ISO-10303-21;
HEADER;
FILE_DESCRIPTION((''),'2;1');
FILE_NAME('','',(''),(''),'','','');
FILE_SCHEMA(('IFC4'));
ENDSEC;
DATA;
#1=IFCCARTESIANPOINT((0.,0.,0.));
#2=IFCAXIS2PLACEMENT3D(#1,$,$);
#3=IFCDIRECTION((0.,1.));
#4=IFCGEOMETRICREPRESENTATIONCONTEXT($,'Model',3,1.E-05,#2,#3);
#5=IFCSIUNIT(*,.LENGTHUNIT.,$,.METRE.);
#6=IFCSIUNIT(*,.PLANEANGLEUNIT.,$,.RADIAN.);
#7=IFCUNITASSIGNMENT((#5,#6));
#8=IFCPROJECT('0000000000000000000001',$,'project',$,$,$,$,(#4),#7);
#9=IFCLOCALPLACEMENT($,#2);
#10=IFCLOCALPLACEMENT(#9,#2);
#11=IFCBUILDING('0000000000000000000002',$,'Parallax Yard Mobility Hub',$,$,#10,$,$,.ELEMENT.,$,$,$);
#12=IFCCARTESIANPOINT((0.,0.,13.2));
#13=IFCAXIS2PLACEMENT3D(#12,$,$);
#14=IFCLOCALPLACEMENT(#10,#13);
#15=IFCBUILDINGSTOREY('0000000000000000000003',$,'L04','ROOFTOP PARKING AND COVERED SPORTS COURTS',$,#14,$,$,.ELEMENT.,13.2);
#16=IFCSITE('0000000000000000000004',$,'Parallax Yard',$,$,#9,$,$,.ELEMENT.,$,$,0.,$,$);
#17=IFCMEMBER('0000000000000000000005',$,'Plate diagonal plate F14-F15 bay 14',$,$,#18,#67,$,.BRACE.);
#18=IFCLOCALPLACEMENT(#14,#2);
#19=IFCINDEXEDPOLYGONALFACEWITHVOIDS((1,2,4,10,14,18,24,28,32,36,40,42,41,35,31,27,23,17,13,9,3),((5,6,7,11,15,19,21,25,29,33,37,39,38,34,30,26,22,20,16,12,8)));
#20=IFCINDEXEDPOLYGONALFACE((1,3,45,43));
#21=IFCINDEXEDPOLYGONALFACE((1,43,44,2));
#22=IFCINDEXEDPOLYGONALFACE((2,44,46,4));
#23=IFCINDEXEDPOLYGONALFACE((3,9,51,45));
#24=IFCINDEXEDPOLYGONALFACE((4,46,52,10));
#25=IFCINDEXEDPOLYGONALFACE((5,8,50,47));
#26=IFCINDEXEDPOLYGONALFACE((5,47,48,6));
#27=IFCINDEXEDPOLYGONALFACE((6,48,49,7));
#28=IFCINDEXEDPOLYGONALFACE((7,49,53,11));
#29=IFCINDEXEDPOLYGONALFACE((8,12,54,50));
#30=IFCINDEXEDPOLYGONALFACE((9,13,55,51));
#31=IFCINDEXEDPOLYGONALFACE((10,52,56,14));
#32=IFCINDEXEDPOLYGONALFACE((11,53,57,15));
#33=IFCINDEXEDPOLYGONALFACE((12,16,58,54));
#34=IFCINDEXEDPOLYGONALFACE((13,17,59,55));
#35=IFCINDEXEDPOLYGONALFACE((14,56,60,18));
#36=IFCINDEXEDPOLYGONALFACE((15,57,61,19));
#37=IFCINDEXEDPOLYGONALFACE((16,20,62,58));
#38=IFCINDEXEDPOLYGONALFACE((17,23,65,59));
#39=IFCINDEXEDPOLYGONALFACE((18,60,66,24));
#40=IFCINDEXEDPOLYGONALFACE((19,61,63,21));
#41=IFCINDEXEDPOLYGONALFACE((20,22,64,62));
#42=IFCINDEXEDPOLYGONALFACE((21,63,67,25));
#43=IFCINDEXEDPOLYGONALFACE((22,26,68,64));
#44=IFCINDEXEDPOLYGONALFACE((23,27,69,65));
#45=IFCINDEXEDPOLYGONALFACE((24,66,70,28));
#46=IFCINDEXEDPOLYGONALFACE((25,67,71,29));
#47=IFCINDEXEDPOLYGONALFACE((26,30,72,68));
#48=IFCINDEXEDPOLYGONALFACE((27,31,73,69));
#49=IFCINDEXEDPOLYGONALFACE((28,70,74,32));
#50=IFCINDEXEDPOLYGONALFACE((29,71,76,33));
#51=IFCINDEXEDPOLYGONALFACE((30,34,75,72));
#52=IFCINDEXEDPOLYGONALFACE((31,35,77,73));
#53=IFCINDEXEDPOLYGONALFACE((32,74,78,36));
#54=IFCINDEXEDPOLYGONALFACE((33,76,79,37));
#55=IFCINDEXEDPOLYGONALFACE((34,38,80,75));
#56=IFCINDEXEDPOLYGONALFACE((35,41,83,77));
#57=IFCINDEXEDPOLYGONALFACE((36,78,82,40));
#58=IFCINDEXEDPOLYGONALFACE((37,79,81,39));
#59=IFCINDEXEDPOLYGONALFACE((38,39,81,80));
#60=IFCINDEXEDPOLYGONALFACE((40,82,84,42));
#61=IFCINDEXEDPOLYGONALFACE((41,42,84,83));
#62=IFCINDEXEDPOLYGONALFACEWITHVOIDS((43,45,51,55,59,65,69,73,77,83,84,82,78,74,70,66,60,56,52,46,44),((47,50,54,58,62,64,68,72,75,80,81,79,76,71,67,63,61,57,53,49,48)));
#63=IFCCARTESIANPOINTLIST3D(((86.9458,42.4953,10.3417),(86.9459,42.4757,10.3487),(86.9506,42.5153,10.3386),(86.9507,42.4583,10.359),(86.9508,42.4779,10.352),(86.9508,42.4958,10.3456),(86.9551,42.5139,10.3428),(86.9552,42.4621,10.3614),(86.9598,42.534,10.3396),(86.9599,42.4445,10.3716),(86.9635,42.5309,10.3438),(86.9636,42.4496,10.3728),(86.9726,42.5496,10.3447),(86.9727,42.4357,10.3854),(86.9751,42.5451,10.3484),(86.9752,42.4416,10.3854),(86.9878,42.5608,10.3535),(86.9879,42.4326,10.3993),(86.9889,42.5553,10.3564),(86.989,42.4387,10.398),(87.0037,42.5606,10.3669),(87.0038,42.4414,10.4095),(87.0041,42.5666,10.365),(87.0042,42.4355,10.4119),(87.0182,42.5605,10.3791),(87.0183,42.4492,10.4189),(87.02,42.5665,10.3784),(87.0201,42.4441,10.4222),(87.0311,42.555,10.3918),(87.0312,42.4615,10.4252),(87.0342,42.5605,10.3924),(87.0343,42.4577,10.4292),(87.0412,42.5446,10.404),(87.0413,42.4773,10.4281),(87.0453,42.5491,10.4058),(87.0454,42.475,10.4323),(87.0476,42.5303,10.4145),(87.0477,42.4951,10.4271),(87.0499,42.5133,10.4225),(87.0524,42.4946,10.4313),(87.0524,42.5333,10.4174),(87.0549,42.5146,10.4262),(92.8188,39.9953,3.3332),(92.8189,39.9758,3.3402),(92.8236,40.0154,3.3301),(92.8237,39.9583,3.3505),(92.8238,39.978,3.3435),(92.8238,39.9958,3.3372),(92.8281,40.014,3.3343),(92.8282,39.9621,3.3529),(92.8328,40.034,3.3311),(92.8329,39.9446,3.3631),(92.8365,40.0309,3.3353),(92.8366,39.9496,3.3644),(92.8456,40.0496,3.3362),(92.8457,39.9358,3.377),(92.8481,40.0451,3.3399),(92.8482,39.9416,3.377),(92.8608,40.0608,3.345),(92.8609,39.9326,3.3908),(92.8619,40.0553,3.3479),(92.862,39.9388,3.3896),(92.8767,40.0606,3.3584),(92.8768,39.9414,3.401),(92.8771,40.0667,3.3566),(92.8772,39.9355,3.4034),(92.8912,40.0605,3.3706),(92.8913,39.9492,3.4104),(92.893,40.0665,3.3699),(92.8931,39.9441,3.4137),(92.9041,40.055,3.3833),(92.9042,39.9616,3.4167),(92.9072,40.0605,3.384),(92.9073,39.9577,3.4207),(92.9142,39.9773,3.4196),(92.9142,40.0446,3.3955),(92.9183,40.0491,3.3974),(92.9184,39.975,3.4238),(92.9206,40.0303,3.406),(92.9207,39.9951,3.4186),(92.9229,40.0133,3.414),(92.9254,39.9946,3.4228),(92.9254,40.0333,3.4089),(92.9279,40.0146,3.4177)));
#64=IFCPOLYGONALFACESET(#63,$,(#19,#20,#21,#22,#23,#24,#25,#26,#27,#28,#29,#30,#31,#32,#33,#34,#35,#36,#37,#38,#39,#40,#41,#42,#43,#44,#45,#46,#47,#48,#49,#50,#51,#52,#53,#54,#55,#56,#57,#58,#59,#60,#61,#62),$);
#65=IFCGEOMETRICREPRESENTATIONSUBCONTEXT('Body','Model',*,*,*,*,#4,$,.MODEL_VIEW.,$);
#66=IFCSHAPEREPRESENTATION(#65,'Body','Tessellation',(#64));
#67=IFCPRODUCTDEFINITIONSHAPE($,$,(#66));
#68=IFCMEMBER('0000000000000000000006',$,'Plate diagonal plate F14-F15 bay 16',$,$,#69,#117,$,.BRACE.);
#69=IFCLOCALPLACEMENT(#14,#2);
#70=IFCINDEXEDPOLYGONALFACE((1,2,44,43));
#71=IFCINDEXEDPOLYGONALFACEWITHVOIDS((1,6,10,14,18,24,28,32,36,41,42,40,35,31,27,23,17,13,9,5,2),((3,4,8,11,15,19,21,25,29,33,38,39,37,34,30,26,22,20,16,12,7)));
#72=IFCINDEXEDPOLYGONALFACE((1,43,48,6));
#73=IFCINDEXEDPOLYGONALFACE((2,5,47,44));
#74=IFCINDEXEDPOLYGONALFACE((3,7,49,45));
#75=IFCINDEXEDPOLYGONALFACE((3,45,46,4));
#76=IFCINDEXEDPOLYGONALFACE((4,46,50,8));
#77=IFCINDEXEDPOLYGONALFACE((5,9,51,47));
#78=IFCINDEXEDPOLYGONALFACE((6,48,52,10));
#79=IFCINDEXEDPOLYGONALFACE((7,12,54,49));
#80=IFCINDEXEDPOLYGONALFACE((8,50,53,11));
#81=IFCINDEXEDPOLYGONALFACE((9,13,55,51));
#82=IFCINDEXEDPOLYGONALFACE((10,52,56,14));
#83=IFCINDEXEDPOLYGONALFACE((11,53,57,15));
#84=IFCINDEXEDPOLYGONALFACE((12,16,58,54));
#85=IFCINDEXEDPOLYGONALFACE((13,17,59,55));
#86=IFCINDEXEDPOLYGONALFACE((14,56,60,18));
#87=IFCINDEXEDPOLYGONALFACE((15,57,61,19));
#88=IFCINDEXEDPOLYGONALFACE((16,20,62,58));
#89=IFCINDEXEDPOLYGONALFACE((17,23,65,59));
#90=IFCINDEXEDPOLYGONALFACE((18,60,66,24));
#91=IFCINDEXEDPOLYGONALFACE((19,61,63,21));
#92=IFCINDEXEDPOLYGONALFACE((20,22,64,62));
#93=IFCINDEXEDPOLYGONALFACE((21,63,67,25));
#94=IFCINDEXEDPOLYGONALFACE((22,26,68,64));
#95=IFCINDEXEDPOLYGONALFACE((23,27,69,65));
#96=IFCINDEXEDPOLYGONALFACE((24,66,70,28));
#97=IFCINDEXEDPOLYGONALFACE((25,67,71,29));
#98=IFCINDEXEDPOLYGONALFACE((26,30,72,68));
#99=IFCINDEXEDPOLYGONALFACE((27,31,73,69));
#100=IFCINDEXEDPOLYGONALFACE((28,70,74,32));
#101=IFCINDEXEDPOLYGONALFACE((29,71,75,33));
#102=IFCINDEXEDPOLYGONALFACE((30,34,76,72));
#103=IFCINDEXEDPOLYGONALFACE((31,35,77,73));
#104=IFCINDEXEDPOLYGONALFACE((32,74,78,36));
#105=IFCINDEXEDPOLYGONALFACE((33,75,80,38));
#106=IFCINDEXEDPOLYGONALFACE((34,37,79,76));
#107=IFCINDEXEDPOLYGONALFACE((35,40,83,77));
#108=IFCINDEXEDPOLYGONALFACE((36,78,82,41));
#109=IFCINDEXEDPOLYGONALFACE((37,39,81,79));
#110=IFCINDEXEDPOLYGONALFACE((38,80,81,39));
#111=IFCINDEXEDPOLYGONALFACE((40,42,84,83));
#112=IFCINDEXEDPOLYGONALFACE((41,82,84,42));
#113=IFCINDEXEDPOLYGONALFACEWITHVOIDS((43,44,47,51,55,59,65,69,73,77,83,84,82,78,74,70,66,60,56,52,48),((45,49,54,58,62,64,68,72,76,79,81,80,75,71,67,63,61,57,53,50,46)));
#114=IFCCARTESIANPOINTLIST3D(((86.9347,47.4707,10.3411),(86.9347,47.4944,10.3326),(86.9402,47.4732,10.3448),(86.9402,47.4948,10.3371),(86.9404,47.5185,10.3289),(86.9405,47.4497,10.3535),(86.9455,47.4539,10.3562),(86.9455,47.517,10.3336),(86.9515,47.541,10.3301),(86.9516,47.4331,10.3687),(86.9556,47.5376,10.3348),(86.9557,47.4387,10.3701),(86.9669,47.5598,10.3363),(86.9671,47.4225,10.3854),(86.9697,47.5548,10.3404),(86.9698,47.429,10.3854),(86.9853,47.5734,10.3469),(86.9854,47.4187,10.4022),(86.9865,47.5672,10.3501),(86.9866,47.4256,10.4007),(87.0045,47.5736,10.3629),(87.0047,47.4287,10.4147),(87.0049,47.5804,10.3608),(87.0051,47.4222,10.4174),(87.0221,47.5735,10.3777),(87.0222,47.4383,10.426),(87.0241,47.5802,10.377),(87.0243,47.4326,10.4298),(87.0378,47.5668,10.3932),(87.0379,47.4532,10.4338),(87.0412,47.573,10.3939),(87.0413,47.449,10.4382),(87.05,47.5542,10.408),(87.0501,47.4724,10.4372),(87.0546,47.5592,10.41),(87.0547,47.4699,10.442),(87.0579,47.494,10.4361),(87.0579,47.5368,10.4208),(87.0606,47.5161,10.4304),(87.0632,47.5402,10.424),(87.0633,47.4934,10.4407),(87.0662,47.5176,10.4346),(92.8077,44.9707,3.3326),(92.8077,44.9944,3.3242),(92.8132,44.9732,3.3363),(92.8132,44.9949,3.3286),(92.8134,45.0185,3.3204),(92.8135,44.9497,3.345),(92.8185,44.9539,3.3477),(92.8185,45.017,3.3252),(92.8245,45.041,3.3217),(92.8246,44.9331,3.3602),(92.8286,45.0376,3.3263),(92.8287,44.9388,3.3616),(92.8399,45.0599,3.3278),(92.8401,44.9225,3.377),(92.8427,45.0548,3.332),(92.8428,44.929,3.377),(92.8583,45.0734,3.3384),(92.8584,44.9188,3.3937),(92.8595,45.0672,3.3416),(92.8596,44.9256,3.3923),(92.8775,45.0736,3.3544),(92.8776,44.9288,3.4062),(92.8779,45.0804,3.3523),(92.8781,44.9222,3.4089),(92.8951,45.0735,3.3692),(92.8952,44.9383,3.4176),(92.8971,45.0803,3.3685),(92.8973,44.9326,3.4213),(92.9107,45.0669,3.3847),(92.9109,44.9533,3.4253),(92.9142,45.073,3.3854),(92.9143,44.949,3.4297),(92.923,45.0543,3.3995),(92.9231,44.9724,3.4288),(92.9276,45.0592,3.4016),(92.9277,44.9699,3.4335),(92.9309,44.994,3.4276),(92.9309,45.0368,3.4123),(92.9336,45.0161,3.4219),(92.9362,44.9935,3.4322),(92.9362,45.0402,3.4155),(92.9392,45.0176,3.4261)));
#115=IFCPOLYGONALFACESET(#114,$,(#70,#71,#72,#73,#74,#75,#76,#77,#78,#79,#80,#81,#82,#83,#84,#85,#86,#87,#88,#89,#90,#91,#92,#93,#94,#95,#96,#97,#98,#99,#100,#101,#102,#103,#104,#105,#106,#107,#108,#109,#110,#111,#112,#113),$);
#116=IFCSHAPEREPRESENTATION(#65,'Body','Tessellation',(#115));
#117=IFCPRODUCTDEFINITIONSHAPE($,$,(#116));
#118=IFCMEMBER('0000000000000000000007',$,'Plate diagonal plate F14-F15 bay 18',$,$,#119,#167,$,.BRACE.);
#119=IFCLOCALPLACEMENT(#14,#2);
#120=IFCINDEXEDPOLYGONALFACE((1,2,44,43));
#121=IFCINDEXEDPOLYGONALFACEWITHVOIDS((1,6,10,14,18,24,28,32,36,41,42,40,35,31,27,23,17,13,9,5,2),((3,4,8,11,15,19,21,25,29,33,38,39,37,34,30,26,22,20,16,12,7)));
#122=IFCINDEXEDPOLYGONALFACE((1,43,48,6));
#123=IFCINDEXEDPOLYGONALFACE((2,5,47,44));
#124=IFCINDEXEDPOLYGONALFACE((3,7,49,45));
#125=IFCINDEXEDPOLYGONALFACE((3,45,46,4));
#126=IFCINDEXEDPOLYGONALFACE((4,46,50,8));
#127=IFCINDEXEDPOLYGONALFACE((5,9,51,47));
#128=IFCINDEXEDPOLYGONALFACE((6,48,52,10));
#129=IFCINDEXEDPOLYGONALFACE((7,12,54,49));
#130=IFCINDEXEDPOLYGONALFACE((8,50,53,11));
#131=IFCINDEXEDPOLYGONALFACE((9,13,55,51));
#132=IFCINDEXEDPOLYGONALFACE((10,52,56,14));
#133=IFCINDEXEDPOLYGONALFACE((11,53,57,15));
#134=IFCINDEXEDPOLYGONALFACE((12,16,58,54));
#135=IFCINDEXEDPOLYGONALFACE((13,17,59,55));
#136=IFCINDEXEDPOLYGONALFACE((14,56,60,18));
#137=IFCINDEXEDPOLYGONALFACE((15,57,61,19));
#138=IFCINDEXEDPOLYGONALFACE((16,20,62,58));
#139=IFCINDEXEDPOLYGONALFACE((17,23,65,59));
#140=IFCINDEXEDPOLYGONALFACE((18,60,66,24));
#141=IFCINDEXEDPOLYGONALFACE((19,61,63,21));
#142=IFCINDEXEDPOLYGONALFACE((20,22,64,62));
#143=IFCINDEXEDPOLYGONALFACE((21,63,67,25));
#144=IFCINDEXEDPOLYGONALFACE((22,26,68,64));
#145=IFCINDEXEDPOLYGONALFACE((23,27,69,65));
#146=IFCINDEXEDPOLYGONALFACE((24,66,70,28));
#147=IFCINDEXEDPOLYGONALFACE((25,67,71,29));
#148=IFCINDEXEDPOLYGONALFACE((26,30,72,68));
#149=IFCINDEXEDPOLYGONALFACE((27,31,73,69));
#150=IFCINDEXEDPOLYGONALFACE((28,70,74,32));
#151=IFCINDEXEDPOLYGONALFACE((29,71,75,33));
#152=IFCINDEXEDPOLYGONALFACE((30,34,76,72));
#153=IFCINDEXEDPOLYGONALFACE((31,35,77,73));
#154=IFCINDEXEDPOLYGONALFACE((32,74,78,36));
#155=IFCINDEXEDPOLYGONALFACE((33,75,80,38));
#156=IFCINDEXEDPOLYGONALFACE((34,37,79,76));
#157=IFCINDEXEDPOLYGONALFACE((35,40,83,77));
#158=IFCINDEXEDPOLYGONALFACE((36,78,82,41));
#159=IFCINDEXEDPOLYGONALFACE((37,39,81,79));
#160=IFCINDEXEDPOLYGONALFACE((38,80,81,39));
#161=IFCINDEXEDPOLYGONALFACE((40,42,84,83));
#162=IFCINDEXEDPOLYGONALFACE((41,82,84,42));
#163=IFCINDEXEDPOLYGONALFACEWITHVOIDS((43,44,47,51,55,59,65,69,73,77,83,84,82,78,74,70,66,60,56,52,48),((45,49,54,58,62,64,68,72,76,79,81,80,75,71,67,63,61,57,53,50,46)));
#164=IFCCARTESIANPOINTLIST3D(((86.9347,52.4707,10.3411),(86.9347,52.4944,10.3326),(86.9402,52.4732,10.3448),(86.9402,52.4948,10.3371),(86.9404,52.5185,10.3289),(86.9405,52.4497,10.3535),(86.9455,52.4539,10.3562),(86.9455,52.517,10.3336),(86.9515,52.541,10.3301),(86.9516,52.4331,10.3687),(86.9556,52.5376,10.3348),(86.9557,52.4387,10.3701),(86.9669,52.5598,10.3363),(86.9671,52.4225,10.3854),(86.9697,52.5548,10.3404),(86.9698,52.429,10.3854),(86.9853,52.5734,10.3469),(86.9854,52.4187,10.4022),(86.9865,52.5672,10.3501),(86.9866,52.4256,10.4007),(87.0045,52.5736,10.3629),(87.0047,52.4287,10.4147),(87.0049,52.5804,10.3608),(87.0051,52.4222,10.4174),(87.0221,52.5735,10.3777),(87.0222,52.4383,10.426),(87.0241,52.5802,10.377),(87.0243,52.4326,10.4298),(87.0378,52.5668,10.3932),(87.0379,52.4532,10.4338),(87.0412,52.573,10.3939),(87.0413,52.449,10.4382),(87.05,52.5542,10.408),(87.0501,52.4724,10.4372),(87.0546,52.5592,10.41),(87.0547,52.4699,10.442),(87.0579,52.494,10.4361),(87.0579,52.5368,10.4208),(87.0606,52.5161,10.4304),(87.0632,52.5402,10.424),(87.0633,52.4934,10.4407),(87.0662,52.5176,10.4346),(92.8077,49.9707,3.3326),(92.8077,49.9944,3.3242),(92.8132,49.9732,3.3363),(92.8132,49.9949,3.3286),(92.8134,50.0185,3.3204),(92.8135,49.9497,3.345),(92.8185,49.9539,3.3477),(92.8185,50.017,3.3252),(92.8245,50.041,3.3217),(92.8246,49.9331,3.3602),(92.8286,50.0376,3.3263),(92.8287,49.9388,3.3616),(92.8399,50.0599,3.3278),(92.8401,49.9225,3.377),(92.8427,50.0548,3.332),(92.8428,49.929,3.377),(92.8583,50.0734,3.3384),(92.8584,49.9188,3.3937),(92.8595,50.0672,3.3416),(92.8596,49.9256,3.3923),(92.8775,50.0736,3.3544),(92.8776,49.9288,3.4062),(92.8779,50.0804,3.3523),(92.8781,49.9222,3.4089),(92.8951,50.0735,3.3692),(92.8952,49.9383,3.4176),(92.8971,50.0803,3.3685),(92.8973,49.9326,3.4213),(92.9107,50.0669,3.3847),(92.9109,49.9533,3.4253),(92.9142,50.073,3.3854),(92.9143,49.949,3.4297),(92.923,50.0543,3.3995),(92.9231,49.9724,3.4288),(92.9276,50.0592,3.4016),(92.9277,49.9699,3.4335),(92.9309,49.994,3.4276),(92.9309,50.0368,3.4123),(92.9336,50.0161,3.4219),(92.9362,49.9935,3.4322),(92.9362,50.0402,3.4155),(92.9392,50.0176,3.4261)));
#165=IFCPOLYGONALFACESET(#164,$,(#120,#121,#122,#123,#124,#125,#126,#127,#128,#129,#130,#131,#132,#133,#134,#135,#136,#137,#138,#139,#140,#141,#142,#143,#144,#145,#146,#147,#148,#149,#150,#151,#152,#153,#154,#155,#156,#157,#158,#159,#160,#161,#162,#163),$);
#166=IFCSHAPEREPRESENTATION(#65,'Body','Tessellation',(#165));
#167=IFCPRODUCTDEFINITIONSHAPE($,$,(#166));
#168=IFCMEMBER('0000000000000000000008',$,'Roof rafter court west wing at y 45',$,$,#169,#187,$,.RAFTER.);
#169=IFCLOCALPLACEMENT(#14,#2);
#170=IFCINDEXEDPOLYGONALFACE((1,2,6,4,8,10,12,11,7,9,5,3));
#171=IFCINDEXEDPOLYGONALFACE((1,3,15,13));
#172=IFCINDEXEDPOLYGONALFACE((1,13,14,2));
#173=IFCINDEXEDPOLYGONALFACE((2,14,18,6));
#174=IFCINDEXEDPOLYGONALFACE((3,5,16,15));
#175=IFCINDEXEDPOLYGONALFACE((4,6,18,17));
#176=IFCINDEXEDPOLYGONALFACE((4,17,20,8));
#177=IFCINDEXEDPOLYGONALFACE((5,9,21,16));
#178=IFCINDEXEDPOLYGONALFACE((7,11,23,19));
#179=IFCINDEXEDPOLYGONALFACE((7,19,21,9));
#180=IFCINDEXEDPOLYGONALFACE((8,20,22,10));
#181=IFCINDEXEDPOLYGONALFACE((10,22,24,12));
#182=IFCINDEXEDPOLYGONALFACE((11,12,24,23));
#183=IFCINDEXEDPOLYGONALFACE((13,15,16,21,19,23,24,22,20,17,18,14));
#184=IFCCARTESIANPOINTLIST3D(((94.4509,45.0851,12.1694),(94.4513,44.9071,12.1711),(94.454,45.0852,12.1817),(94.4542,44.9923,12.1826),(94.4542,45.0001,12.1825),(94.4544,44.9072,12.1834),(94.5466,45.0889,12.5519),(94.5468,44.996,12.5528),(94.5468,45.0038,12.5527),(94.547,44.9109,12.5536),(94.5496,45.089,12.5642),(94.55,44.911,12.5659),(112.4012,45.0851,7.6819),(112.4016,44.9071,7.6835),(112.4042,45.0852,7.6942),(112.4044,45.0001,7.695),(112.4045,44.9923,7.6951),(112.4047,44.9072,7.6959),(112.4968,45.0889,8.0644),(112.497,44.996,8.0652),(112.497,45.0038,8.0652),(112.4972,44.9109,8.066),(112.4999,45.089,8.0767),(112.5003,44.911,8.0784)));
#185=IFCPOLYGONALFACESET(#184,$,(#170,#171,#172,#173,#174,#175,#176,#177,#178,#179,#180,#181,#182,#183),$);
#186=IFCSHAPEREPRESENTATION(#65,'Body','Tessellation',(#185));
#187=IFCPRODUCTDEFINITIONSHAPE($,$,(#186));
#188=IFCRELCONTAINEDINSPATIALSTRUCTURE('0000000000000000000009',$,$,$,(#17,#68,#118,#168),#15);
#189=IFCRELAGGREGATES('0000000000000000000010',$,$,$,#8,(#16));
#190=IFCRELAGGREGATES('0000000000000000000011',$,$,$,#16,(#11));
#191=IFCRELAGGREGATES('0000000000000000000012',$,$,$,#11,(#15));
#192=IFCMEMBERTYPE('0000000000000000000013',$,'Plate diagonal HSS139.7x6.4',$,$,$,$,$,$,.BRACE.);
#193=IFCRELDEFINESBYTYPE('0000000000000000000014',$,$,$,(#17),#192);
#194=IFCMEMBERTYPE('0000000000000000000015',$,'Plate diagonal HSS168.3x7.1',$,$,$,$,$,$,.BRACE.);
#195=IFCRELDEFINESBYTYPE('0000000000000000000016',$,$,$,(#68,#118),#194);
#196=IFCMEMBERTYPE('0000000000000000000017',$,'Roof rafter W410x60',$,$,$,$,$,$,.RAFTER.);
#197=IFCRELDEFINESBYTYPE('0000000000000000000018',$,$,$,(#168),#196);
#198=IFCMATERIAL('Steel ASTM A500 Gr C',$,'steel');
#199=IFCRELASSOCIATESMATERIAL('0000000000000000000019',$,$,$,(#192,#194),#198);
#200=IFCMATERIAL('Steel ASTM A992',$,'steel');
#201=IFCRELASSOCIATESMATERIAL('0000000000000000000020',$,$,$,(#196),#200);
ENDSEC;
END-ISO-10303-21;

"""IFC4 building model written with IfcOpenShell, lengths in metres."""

from ifc_helpers import new_model, si_unit, direction, frame, origin, origin_2d, place, context, subcontext, project, spatial, hollow_circle, i_section, extrude, material, material_profile, profile_set, type_object, element, save


model = new_model("IFC4")

# Units and contexts
model_context = context("Model", 3, precision=1e-05, world=origin(), true_north=direction((0.0, 1.0)))
body_context = subcontext(model_context, "Body", "Model", "MODEL_VIEW")
ifc_project = project(units=[si_unit("LENGTHUNIT", "METRE"), si_unit("PLANEANGLEUNIT", "RADIAN")], contexts=[model_context])

# Site, building, storey
site_placement = place(None, origin())
site = spatial("IfcSite", under=ifc_project, at=site_placement, Name="Parallax Yard", CompositionType="ELEMENT", RefElevation=0.0)
building_placement = place(site_placement, origin())
building = spatial("IfcBuilding", under=site, at=building_placement, Name="Parallax Yard Mobility Hub", CompositionType="ELEMENT")
storey_placement = place(building_placement, frame((0.0, 0.0, 13.2)))
storey = spatial("IfcBuildingStorey", under=building, at=storey_placement, Name="L04", Description="ROOFTOP PARKING AND COVERED SPORTS COURTS", CompositionType="ELEMENT", Elevation=13.2)

# Members
ifc_material_1 = material(Name="Steel ASTM A500 Gr C", Category="steel")
ifc_material_profile_1 = material_profile(ifc_material_1, hollow_circle(Radius=0.0698, WallThickness=0.0063, at=origin_2d()), Name="HSS139.7x6.4")
ifc_profile_set_1 = profile_set([ifc_material_profile_1], Name="Steel ASTM A500 Gr C")
member_type_1 = type_object("IfcMemberType", Name="Plate diagonal HSS139.7x6.4", PredefinedType="BRACE", material=ifc_profile_set_1)
member_placement = place(storey_placement, frame((92.873, 40.0, 3.377), z_axis=(-0.619547, 0.263725, 0.739331), x_axis=(-0.391665, -0.920108, 0.0)))
element("IfcMember", 1, at=member_placement, inside=storey, type_object=member_type_1, Name="Plate diagonal plate F14-F15 bay 14", PredefinedType="BRACE", context=body_context, shape_type="SweptSolid", body=[
    extrude(hollow_circle(Radius=0.0698, WallThickness=0.0063, at=origin_2d()), origin(), (0.0, 0.0, 1.0), 9.4795),
])
ifc_material_profile_2 = material_profile(ifc_material_1, hollow_circle(Radius=0.0842, WallThickness=0.0071, at=origin_2d()), Name="HSS168.3x7.1")
ifc_profile_set_2 = profile_set([ifc_material_profile_2], Name="Steel ASTM A500 Gr C")
member_type_2 = type_object("IfcMemberType", Name="Plate diagonal HSS168.3x7.1", PredefinedType="BRACE", material=ifc_profile_set_2)
for number, where, z_axis, x_axis, name in (
    (2, (92.873, 45.0, 3.377), (-0.619547, 0.263725, 0.739331), (-0.391665, -0.920108, 0.0), "Plate diagonal plate F14-F15 bay 16"),
    (3, (92.873, 50.0, 3.377), (-0.619547, 0.263725, 0.739331), (-0.391665, -0.920108, 0.0), "Plate diagonal plate F14-F15 bay 18"),
):
    element("IfcMember", number, at=place(storey_placement, frame(where, z_axis=z_axis, x_axis=x_axis)), inside=storey, type_object=member_type_2, Name=name, PredefinedType="BRACE", context=body_context, shape_type="SweptSolid", body=[
        extrude(hollow_circle(Radius=0.0842, WallThickness=0.0071, at=origin_2d()), origin(), (0.0, 0.0, 1.0), 9.4795),
    ])
ifc_material_2 = material(Name="Steel ASTM A992", Category="steel")
ifc_material_profile_3 = material_profile(ifc_material_2, i_section(OverallWidth=0.178, OverallDepth=0.407, WebThickness=0.0078, FlangeThickness=0.0127, at=origin_2d()), Name="W410x60")
ifc_profile_set_3 = profile_set([ifc_material_profile_3], Name="Steel ASTM A992")
member_type_3 = type_object("IfcMemberType", Name="Roof rafter W410x60", PredefinedType="RAFTER", material=ifc_profile_set_3)
for number, where, z_axis, x_axis, name in (
    (4, (94.5005, 44.998, 12.3677), (0.970143, 0.0, -0.242536), (-0.002353, 0.999953, -0.009411), "Roof rafter court west wing at y 45"),
):
    element("IfcMember", number, at=place(storey_placement, frame(where, z_axis=z_axis, x_axis=x_axis)), inside=storey, type_object=member_type_3, Name=name, PredefinedType="RAFTER", context=body_context, shape_type="SweptSolid", body=[
        extrude(i_section(OverallWidth=0.178, OverallDepth=0.407, WebThickness=0.0078, FlangeThickness=0.0127, at=origin_2d()), origin(), (0.0, 0.0, 1.0), 18.5027),
    ])

save(model, "model.ifc")
